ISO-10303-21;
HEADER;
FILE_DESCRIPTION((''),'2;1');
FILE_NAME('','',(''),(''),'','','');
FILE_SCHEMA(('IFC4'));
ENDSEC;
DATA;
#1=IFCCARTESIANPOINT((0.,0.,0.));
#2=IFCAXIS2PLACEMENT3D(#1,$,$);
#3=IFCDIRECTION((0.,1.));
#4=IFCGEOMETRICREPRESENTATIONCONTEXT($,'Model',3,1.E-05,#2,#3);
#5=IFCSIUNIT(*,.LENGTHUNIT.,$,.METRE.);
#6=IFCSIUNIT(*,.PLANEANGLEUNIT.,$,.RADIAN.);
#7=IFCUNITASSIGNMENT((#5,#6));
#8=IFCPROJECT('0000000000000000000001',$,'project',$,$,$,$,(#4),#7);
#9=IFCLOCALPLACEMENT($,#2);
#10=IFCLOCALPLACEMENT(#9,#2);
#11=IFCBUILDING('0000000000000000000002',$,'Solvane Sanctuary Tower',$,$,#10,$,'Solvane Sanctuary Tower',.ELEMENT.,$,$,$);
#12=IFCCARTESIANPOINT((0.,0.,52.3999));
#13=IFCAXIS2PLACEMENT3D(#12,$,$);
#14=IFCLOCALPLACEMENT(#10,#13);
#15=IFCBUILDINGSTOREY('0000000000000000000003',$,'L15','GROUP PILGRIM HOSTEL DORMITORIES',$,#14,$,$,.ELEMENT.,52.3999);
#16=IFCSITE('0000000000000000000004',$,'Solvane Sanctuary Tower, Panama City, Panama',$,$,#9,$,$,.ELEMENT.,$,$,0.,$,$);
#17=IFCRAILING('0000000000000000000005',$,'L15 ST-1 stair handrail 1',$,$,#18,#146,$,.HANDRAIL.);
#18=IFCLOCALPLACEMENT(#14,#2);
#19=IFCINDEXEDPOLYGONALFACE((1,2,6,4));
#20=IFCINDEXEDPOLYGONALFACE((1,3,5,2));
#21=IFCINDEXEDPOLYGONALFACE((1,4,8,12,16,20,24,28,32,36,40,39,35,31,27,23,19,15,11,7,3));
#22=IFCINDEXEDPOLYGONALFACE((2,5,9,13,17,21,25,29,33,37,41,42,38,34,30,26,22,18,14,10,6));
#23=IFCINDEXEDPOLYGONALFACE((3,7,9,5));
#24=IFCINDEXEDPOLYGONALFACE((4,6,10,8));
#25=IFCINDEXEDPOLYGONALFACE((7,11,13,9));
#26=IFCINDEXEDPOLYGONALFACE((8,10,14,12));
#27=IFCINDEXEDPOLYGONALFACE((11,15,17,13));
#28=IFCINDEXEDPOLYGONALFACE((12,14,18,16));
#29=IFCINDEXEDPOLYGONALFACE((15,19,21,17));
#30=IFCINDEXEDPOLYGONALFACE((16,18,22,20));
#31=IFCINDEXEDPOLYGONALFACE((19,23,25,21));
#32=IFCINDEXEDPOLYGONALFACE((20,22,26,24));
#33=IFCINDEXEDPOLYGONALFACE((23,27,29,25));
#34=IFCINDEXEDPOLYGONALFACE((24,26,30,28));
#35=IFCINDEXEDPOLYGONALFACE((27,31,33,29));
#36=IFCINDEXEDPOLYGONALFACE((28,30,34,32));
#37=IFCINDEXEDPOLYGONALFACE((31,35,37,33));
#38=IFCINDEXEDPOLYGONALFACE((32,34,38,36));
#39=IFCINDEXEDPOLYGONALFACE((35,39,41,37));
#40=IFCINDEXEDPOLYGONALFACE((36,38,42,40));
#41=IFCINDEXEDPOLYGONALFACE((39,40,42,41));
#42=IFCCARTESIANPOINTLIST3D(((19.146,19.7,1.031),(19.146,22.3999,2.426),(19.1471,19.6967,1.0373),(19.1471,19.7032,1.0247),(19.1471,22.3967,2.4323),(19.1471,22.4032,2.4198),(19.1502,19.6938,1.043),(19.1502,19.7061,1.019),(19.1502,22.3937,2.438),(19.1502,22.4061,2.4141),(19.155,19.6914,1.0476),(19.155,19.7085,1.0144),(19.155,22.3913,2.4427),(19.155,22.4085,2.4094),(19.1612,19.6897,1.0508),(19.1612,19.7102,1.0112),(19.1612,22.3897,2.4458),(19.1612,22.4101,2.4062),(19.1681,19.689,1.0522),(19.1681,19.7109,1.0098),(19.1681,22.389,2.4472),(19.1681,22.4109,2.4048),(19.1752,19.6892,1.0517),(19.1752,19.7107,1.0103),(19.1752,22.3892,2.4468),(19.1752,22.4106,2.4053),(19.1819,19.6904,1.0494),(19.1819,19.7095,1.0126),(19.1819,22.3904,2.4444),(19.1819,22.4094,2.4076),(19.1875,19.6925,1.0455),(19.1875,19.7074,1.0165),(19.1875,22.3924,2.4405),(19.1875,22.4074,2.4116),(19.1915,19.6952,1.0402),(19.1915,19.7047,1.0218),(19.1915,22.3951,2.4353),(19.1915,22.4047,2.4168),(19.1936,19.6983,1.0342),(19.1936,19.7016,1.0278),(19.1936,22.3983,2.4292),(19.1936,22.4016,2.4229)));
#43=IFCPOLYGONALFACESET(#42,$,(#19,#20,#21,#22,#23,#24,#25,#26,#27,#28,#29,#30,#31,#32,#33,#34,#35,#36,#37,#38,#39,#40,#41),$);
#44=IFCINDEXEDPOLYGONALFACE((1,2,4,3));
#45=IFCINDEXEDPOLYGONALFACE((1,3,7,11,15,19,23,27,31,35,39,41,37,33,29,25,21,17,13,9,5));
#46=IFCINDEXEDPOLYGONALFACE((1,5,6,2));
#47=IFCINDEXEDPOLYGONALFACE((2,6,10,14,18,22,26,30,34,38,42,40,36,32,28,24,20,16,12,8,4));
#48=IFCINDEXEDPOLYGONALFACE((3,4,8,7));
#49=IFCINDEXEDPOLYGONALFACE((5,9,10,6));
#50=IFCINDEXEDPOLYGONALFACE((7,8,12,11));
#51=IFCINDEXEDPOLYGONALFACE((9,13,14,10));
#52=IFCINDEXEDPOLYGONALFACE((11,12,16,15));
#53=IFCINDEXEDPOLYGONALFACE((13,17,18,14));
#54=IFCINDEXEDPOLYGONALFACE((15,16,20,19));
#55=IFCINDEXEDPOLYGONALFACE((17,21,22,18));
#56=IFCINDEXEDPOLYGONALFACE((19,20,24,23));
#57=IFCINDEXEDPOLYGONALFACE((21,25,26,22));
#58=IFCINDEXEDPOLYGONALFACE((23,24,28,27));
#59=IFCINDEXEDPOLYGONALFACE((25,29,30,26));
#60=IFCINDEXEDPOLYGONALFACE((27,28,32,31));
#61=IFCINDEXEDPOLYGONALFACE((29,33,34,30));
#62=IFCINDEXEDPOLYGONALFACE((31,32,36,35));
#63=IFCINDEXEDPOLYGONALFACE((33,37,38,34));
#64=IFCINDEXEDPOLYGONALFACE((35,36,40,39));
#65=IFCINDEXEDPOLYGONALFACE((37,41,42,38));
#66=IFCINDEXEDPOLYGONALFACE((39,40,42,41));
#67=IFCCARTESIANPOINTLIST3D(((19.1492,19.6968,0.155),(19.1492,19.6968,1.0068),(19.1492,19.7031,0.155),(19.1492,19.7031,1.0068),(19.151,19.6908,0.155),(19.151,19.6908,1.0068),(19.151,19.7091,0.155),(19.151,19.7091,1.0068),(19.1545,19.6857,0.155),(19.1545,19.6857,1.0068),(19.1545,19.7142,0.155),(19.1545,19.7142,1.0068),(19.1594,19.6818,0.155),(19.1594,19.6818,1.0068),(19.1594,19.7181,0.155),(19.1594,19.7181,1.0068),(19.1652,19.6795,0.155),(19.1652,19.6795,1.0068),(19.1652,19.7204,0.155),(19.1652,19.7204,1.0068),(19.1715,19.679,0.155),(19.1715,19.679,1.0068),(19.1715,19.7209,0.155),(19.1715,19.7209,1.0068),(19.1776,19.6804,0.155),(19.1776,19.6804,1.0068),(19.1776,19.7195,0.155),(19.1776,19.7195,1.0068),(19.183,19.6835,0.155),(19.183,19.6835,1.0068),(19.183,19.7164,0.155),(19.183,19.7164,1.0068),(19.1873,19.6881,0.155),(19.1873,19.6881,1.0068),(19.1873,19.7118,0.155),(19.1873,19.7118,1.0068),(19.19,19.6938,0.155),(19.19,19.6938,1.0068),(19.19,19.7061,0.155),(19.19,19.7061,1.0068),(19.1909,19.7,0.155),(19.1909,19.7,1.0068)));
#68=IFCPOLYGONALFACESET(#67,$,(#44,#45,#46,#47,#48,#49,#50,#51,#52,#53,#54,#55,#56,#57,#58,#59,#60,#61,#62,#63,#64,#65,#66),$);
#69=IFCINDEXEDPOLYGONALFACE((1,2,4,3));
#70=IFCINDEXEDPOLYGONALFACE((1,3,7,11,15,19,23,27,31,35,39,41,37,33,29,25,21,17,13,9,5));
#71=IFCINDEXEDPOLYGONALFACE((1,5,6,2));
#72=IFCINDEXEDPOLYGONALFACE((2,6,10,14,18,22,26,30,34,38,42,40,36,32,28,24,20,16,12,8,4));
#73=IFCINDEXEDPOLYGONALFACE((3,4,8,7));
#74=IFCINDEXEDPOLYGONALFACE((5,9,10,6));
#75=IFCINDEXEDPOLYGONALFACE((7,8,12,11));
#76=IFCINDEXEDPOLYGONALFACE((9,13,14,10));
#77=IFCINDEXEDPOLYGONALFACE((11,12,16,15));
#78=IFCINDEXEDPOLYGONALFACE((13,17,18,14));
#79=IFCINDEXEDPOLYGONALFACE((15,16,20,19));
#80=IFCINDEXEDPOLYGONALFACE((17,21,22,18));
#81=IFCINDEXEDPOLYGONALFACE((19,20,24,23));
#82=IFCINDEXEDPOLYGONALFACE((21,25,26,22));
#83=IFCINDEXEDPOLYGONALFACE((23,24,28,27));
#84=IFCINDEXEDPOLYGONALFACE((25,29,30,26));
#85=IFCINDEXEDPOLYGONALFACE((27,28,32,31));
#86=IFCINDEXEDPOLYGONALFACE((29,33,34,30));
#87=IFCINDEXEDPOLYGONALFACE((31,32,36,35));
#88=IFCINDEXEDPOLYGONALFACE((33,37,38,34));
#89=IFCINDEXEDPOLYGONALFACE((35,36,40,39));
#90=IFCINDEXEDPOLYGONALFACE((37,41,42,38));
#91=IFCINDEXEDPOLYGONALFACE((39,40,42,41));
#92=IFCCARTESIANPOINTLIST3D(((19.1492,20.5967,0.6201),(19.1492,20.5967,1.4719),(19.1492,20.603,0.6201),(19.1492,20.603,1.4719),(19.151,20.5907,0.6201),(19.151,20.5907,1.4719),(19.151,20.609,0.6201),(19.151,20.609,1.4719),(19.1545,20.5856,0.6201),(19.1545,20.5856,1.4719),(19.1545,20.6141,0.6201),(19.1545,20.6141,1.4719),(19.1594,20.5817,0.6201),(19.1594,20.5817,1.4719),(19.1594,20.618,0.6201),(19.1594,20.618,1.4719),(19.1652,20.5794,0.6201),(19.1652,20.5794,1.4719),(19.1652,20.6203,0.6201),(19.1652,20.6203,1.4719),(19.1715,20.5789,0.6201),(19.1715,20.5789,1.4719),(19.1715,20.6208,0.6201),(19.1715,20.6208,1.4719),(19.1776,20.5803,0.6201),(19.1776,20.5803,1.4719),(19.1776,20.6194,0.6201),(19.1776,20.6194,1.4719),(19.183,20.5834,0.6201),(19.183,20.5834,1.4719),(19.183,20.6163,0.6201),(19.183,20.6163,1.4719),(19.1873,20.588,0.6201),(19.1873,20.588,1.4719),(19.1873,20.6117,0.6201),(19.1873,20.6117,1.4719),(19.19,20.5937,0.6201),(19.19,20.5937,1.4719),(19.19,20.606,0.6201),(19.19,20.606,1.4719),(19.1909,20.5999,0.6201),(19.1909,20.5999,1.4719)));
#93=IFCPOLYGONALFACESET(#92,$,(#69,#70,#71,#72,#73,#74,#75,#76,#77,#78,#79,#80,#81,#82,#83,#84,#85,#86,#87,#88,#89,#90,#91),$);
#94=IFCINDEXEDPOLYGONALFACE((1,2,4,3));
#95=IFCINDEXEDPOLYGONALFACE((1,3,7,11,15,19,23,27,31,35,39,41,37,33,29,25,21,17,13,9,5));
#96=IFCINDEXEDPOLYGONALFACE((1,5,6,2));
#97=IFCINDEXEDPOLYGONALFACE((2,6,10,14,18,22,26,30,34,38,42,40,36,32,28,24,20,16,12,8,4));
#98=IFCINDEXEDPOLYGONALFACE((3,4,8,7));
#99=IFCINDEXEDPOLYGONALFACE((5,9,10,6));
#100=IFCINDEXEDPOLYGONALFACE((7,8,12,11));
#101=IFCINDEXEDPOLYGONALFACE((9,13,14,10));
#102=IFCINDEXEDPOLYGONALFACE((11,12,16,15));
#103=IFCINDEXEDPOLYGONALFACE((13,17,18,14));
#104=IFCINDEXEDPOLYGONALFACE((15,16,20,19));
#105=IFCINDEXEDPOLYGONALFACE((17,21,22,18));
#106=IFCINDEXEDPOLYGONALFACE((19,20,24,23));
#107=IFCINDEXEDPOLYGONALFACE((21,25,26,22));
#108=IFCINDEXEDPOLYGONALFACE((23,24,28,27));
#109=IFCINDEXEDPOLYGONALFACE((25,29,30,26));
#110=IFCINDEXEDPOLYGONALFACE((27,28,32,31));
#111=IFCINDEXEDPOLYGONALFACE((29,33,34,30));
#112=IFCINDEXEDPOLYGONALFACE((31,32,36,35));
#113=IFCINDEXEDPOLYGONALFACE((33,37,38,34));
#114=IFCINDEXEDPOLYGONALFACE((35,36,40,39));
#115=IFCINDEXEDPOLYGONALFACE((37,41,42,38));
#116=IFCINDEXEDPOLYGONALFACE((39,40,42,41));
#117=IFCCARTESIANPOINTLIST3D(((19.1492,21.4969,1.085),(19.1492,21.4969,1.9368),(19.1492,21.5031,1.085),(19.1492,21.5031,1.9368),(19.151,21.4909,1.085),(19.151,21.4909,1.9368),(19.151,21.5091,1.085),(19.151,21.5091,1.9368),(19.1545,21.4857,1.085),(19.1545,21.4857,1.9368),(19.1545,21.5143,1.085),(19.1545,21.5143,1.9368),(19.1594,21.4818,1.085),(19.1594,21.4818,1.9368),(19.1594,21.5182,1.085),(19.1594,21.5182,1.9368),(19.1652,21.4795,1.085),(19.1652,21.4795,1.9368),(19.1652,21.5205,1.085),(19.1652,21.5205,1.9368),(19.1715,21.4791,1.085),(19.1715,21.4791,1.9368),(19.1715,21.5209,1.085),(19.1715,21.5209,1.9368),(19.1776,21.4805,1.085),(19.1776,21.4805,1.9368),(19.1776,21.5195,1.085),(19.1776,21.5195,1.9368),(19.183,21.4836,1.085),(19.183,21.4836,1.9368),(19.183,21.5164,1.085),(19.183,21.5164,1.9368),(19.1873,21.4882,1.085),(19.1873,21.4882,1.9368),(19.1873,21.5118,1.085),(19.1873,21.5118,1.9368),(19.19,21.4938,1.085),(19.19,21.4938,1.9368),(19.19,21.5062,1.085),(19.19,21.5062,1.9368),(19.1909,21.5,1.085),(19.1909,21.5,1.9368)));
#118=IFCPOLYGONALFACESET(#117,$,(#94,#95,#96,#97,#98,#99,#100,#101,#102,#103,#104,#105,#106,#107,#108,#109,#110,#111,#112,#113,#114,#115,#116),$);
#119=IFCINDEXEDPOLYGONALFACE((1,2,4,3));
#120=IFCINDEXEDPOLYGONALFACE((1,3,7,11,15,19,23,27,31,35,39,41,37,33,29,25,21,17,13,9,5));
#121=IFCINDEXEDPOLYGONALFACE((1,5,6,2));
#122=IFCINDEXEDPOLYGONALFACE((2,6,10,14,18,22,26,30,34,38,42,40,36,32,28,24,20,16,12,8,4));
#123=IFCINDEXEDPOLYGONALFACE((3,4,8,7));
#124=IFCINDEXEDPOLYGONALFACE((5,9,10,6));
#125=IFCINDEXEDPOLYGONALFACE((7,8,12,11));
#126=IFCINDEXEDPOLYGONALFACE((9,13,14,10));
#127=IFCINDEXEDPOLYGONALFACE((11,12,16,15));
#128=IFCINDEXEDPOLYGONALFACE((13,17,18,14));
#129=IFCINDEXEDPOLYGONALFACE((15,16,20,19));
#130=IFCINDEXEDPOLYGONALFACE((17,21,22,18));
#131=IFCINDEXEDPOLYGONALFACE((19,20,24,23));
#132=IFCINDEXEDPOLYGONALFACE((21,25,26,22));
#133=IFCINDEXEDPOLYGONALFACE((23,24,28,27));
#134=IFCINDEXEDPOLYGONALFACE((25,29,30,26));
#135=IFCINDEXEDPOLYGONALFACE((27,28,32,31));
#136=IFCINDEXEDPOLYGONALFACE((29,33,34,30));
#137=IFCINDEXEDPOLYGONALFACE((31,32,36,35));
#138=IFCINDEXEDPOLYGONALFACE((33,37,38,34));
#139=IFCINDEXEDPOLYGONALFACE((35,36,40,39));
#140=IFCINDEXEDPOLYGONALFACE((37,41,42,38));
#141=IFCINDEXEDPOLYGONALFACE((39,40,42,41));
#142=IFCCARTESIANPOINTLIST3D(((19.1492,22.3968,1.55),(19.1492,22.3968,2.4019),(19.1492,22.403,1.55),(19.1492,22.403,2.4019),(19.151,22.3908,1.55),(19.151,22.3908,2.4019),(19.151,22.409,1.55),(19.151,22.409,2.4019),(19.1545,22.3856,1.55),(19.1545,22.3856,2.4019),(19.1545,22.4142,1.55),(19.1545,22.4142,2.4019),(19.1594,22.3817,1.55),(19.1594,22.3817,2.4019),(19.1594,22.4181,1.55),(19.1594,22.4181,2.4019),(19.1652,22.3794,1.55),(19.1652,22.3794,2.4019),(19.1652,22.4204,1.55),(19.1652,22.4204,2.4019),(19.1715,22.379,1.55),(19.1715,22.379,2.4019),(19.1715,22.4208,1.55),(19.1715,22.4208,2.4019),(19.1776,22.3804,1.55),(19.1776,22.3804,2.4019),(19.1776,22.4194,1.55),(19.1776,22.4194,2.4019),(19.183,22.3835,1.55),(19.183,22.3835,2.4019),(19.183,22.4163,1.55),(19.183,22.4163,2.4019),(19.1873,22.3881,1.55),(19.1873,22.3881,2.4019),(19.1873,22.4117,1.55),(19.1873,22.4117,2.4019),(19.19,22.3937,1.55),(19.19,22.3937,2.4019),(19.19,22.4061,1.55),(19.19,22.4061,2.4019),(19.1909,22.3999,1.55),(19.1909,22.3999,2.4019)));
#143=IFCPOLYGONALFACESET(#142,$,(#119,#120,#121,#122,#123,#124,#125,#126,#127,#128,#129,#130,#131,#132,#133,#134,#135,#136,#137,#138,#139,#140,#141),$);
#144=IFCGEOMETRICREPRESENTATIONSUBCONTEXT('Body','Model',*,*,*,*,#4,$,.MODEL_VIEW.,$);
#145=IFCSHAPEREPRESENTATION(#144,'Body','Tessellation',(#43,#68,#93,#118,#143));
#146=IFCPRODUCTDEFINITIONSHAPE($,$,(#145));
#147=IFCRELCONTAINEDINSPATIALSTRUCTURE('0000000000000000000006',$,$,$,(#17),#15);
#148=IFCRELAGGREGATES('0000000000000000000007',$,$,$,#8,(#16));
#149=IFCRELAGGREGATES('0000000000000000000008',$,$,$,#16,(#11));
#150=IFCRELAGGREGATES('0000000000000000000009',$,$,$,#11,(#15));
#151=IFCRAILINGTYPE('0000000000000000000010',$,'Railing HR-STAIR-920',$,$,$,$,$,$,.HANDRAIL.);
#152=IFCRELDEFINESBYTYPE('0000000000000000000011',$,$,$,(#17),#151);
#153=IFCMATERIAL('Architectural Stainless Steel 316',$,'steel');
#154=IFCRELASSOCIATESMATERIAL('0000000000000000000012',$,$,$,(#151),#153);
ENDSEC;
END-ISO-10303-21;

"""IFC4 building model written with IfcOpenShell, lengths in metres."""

from ifc_helpers import new_model, si_unit, direction, frame, origin, origin_2d, place, context, subcontext, project, spatial, circle, extrude, material, type_object, element, save


model = new_model("IFC4")

# Units and contexts
model_context = context("Model", 3, precision=1e-05, world=origin(), true_north=direction((0.0, 1.0)))
body_context = subcontext(model_context, "Body", "Model", "MODEL_VIEW")
ifc_project = project(units=[si_unit("LENGTHUNIT", "METRE"), si_unit("PLANEANGLEUNIT", "RADIAN")], contexts=[model_context])

# Site, building, storey
site_placement = place(None, origin())
site = spatial("IfcSite", under=ifc_project, at=site_placement, Name="Solvane Sanctuary Tower, Panama City, Panama", CompositionType="ELEMENT", RefElevation=0.0)
building_placement = place(site_placement, origin())
building = spatial("IfcBuilding", under=site, at=building_placement, Name="Solvane Sanctuary Tower", LongName="Solvane Sanctuary Tower", CompositionType="ELEMENT")
storey_placement = place(building_placement, frame((0.0, 0.0, 52.3999)))
storey = spatial("IfcBuildingStorey", under=building, at=storey_placement, Name="L15", Description="GROUP PILGRIM HOSTEL DORMITORIES", CompositionType="ELEMENT", Elevation=52.3999)

# Shared definitions
ifc_material_1 = material(Name="Architectural Stainless Steel 316", Category="steel")

# Railing
railing_type_1 = type_object("IfcRailingType", Name="Railing HR-STAIR-920", PredefinedType="HANDRAIL", material=ifc_material_1)
railing_1_placement = place(storey_placement, frame((19.1699, 19.7, 0.155)))
element("IfcRailing", 1, at=railing_1_placement, inside=storey, type_object=railing_type_1, Name="L15 ST-1 stair handrail 1", PredefinedType="HANDRAIL", context=body_context, shape_type="SweptSolid", body=[
    extrude(circle(Radius=0.0239, at=origin_2d()), frame((0.0, 0.0, 0.876), z_axis=(0.0, 0.88842, 0.459032), x_axis=(-1.0, 0.0, 0.0)), (0.0, 0.0, 1.0), 3.0391),
    extrude(circle(Radius=0.021, at=origin_2d()), origin(), (0.0, 0.0, 1.0), 0.8518),
    extrude(circle(Radius=0.021, at=origin_2d()), frame((0.0, 0.8999, 0.4651)), (0.0, 0.0, 1.0), 0.8518),
    extrude(circle(Radius=0.021, at=origin_2d()), frame((0.0, 1.8, 0.9299)), (0.0, 0.0, 1.0), 0.8518),
    extrude(circle(Radius=0.021, at=origin_2d()), frame((0.0, 2.7, 1.395)), (0.0, 0.0, 1.0), 0.8518),
])

save(model, "model.ifc")
